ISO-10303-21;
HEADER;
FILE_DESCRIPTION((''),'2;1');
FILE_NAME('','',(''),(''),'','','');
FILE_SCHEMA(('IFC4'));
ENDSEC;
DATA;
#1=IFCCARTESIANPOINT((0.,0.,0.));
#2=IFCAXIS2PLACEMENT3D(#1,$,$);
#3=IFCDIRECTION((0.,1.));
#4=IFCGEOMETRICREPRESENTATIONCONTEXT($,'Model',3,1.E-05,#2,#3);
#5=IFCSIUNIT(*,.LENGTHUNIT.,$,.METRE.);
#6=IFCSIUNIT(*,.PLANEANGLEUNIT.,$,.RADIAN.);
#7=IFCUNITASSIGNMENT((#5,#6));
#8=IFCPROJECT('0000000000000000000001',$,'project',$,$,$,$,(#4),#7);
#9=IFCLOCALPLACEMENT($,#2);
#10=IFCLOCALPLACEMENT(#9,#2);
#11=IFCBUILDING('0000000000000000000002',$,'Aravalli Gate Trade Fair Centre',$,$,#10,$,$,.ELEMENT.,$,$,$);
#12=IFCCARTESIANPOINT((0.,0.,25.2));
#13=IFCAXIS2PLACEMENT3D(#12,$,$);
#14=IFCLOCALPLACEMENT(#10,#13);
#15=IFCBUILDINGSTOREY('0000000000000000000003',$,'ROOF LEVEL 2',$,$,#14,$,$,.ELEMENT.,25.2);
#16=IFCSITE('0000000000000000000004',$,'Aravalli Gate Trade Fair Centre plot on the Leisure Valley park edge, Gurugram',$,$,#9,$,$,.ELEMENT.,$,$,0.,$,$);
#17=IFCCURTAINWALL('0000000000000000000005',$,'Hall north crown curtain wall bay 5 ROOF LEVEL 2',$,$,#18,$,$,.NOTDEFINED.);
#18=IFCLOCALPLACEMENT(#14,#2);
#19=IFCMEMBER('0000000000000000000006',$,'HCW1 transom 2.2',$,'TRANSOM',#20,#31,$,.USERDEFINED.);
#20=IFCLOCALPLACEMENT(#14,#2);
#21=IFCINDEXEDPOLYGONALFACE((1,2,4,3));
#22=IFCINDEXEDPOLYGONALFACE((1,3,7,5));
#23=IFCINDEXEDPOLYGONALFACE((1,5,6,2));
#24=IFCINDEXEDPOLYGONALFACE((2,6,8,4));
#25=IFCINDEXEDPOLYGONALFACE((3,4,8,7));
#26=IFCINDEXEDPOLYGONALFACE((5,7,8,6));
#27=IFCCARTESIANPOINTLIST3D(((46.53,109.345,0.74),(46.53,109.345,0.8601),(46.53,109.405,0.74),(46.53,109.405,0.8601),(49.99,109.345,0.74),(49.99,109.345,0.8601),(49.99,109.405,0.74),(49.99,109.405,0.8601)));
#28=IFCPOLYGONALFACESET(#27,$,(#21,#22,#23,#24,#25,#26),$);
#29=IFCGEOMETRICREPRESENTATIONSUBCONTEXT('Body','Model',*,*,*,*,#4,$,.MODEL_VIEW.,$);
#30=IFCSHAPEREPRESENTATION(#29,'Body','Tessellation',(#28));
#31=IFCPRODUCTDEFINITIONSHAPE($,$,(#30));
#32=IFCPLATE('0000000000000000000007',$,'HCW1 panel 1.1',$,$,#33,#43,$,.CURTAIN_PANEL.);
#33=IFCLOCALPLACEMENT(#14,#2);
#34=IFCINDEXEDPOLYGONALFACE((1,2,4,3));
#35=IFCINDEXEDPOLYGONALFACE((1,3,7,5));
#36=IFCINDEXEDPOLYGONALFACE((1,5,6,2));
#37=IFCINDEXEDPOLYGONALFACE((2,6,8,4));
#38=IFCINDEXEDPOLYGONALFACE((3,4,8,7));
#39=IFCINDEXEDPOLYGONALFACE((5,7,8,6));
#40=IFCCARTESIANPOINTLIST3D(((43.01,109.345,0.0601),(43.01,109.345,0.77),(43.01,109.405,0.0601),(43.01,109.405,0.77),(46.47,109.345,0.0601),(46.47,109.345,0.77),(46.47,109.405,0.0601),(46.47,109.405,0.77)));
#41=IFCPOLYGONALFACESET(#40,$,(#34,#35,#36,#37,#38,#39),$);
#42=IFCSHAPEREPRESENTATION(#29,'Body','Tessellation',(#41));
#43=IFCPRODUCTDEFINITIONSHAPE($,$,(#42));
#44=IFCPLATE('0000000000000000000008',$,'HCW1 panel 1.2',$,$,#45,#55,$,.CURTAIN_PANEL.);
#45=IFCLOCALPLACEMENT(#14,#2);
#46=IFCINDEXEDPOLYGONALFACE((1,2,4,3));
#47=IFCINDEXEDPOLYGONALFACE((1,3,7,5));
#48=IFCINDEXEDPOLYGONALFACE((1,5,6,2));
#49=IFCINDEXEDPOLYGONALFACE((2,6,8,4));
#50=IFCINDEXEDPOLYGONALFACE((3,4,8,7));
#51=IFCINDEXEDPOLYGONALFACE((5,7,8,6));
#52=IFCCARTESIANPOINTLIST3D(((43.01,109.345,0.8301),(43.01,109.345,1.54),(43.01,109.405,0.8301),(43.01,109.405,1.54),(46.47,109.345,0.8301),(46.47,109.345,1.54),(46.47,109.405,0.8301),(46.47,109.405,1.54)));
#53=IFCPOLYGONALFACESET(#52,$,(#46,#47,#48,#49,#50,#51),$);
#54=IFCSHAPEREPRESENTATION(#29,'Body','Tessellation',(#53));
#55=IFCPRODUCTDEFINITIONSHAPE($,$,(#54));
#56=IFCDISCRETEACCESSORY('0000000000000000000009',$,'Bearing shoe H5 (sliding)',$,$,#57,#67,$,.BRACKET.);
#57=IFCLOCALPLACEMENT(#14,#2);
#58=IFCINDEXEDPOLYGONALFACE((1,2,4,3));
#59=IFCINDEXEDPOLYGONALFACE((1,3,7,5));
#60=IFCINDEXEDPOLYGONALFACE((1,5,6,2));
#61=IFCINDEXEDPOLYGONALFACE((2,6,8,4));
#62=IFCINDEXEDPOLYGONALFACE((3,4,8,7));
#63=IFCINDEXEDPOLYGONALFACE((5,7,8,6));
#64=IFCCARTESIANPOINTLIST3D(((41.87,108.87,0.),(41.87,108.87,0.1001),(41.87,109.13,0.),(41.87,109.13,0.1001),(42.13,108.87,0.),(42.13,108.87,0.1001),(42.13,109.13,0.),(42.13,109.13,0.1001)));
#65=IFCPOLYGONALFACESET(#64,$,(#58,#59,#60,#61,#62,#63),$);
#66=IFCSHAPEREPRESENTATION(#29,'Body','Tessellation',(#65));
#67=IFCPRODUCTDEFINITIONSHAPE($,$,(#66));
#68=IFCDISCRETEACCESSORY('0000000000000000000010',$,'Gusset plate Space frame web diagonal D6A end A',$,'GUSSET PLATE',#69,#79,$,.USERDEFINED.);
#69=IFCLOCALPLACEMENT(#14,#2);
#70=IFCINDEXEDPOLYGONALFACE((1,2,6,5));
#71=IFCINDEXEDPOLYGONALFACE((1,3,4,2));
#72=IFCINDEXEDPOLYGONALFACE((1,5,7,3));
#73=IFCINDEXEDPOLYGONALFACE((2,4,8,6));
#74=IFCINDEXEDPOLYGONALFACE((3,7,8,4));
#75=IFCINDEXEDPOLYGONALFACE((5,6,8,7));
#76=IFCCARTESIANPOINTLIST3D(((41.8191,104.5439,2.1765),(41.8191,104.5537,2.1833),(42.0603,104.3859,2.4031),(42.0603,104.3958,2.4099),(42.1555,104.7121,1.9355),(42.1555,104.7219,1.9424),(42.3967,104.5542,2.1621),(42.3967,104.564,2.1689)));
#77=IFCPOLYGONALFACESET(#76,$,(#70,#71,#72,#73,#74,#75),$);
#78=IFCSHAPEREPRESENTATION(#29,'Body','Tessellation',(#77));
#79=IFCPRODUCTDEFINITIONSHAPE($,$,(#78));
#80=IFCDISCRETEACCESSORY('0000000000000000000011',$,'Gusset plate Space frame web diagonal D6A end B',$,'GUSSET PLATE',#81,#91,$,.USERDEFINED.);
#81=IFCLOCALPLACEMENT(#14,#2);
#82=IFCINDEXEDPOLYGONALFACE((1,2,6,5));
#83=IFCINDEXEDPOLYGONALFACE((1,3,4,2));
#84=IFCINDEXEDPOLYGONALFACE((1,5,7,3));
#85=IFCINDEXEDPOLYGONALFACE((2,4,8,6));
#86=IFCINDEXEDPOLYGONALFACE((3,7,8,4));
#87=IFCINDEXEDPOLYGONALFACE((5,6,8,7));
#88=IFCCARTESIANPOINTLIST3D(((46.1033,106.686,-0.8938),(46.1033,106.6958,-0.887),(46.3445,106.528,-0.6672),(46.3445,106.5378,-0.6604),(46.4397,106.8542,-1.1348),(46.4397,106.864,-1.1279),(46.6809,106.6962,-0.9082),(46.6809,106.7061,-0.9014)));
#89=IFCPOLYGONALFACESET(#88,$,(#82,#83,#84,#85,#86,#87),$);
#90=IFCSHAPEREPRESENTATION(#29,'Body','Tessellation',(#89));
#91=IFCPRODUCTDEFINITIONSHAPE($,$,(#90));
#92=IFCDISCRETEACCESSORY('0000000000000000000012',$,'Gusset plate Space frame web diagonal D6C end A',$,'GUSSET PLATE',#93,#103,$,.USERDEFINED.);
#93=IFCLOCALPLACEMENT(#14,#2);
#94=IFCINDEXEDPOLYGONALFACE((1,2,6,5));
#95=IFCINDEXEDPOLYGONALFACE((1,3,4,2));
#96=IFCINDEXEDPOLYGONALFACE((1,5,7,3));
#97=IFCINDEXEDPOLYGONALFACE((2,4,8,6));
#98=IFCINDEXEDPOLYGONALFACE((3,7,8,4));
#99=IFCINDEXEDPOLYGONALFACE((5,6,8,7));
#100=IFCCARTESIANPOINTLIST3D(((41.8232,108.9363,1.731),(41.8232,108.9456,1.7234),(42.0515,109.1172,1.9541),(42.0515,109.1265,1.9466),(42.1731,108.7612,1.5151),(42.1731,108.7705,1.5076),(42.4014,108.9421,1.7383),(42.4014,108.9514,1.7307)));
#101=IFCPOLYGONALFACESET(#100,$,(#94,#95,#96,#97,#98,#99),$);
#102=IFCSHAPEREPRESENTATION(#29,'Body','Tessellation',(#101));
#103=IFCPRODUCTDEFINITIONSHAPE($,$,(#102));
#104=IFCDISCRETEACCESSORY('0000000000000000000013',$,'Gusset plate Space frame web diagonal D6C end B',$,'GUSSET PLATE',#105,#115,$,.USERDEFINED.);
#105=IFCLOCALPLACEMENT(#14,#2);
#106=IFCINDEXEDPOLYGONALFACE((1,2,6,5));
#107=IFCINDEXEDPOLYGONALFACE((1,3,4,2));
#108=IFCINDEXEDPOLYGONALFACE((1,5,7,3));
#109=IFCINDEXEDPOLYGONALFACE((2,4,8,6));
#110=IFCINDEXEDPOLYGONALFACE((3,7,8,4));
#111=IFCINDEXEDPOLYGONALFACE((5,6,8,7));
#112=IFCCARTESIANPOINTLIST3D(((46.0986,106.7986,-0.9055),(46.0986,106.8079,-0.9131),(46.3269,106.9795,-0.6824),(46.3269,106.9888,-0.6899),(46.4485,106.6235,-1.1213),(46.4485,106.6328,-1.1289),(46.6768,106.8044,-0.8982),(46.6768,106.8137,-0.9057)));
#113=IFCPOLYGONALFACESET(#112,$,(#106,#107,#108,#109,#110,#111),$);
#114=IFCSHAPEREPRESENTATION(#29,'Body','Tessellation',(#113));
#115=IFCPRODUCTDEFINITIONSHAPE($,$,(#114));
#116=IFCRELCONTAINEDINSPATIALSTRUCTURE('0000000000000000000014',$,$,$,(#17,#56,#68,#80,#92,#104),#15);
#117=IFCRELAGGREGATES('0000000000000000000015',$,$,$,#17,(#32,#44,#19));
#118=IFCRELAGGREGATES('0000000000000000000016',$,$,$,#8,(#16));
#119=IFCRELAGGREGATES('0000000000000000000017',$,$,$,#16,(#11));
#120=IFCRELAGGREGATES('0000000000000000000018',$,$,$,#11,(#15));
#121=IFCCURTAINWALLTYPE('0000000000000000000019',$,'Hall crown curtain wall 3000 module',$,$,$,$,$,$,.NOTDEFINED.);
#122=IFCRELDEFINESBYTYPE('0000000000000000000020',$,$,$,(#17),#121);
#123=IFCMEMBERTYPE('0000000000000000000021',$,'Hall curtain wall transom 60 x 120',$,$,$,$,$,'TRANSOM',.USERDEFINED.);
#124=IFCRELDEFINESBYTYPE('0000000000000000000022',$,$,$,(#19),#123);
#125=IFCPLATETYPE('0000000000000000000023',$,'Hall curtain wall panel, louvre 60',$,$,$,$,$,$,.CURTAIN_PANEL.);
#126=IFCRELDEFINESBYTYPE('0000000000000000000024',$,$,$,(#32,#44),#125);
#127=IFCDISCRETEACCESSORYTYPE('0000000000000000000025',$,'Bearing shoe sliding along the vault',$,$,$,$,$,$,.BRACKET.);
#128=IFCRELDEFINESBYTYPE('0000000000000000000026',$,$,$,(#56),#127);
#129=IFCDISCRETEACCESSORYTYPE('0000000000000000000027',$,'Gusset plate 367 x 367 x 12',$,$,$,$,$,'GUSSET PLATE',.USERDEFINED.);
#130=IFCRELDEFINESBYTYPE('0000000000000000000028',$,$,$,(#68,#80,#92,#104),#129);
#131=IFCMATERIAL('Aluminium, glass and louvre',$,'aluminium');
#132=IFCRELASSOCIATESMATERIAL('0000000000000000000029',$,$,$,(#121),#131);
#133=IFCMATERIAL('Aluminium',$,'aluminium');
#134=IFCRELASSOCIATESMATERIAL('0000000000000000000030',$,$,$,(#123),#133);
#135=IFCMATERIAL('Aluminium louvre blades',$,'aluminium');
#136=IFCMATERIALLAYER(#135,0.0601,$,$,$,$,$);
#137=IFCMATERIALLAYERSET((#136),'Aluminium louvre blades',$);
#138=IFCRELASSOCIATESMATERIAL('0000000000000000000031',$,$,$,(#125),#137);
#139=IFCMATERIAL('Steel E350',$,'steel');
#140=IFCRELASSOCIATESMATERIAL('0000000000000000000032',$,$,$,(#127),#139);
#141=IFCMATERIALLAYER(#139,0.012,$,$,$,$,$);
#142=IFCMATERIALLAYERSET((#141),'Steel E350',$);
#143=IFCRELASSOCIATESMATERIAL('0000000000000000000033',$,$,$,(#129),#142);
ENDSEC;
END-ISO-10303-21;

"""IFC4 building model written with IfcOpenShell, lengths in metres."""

from ifc_helpers import new_model, si_unit, direction, frame, origin, origin_2d, place, context, subcontext, project, spatial, polyline, rectangle, outline, extrude, material, layer, layer_set, material_profile, profile_set, type_object, element, aggregate, save


model = new_model("IFC4")

# Units and contexts
model_context = context("Model", 3, precision=1e-05, world=origin(), true_north=direction((0.0, 1.0)))
body_context = subcontext(model_context, "Body", "Model", "MODEL_VIEW")
ifc_project = project(units=[si_unit("LENGTHUNIT", "METRE"), si_unit("PLANEANGLEUNIT", "RADIAN")], contexts=[model_context])

# Site, building, storey
site_placement = place(None, origin())
site = spatial("IfcSite", under=ifc_project, at=site_placement, Name="Aravalli Gate Trade Fair Centre plot on the Leisure Valley park edge, Gurugram", CompositionType="ELEMENT", RefElevation=0.0)
building_placement = place(site_placement, origin())
building = spatial("IfcBuilding", under=site, at=building_placement, Name="Aravalli Gate Trade Fair Centre", CompositionType="ELEMENT")
storey_placement = place(building_placement, frame((0.0, 0.0, 25.2)))
storey = spatial("IfcBuildingStorey", under=building, at=storey_placement, Name="ROOF LEVEL 2", CompositionType="ELEMENT", Elevation=25.2)

# Shared definitions
ifc_material_1 = material(Name="Steel E350", Category="steel")

# Curtain wall, member, plates
ifc_material_2 = material(Name="Aluminium, glass and louvre", Category="aluminium")
curtain_wall_type = type_object("IfcCurtainWallType", Name="Hall crown curtain wall 3000 module", PredefinedType="NOTDEFINED", material=ifc_material_2)
curtain_wall_placement = place(storey_placement, origin())
curtain_wall = element("IfcCurtainWall", 1, at=curtain_wall_placement, inside=storey, type_object=curtain_wall_type, Name="Hall north crown curtain wall bay 5 ROOF LEVEL 2", PredefinedType="NOTDEFINED")
ifc_material_3 = material(Name="Aluminium", Category="aluminium")
ifc_material_profile_1 = material_profile(ifc_material_3, rectangle(XDim=0.0601, YDim=0.1201, at=origin_2d()), Name="Hall curtain wall transom 60 x 120")
ifc_profile_set_1 = profile_set([ifc_material_profile_1], Name="Aluminium")
member_type_1 = type_object("IfcMemberType", Name="Hall curtain wall transom 60 x 120", ElementType="TRANSOM", PredefinedType="USERDEFINED", material=ifc_profile_set_1)
member_1_placement = place(storey_placement, frame((46.53, 109.375, 0.8), z_axis=(1.0, 0.0, 0.0), x_axis=(0.0, 1.0, 0.0)))
member_1 = element("IfcMember", 2, at=member_1_placement, type_object=member_type_1, Name="HCW1 transom 2.2", ObjectType="TRANSOM", PredefinedType="USERDEFINED", context=body_context, shape_type="SweptSolid", body=[
    extrude(rectangle(XDim=0.0601, YDim=0.1201, at=origin_2d()), origin(), (0.0, 0.0, 1.0), 3.46),
])
ifc_material_4 = material(Name="Aluminium louvre blades", Category="aluminium")
ifc_layer_1 = layer(ifc_material_4, 0.0601)
ifc_layer_set_1 = layer_set([ifc_layer_1], Name="Aluminium louvre blades")
plate_type = type_object("IfcPlateType", Name="Hall curtain wall panel, louvre 60", PredefinedType="CURTAIN_PANEL", material=ifc_layer_set_1)
plate_1_placement = place(storey_placement, frame((44.74, 109.375, 0.0601), z_axis=(0.0, 0.0, 1.0), x_axis=(1.0, 0.0, 0.0)))
plate_1 = element("IfcPlate", 3, at=plate_1_placement, type_object=plate_type, Name="HCW1 panel 1.1", PredefinedType="CURTAIN_PANEL", context=body_context, shape_type="SweptSolid", body=[
    extrude(rectangle(XDim=3.46, YDim=0.0601, at=origin_2d()), origin(), (0.0, 0.0, 1.0), 0.71),
])
plate_2_placement = place(storey_placement, frame((44.74, 109.375, 0.8301), z_axis=(0.0, 0.0, 1.0), x_axis=(1.0, 0.0, 0.0)))
plate_2 = element("IfcPlate", 4, at=plate_2_placement, type_object=plate_type, Name="HCW1 panel 1.2", PredefinedType="CURTAIN_PANEL", context=body_context, shape_type="SweptSolid", body=[
    extrude(rectangle(XDim=3.46, YDim=0.0601, at=origin_2d()), origin(), (0.0, 0.0, 1.0), 0.71),
])
aggregate(curtain_wall, [plate_1, plate_2, member_1])

# Discrete accessories
discrete_accessory_type_1 = type_object("IfcDiscreteAccessoryType", Name="Bearing shoe sliding along the vault", PredefinedType="BRACKET", material=ifc_material_1)
discrete_accessory_1_placement = place(storey_placement, frame((42.0, 109.0, 0.0), z_axis=(0.0, 0.0, 1.0), x_axis=(1.0, 0.0, 0.0)))
element("IfcDiscreteAccessory", 5, at=discrete_accessory_1_placement, inside=storey, type_object=discrete_accessory_type_1, Name="Bearing shoe H5 (sliding)", PredefinedType="BRACKET", context=body_context, shape_type="SweptSolid", body=[
    extrude(rectangle(XDim=0.26, YDim=0.26, at=origin_2d()), origin(), (0.0, 0.0, 1.0), 0.1001),
])
ifc_layer_2 = layer(ifc_material_1, 0.012)
ifc_layer_set_2 = layer_set([ifc_layer_2], Name="Steel E350")
discrete_accessory_type_2 = type_object("IfcDiscreteAccessoryType", Name="Gusset plate 367 x 367 x 12", ElementType="GUSSET PLATE", PredefinedType="USERDEFINED", material=ifc_layer_set_2)
discrete_accessory_2_placement = place(storey_placement, frame((42.1555, 104.7219, 1.9424), z_axis=(-0.000292, 0.820164, 0.572128), x_axis=(-0.753132, -0.376566, 0.539435)))
element("IfcDiscreteAccessory", 6, at=discrete_accessory_2_placement, inside=storey, type_object=discrete_accessory_type_2, Name="Gusset plate Space frame web diagonal D6A end A", ObjectType="GUSSET PLATE", PredefinedType="USERDEFINED", context=body_context, shape_type="SweptSolid", body=[
    extrude(outline(polyline([(0.0, 0.0), (0.4467, 0.0), (0.4467, 0.3667), (0.0, 0.3667), (0.0, 0.0)])), origin(), (0.0, 0.0, -1.0), 0.012),
])
discrete_accessory_3_placement = place(storey_placement, frame((46.1033, 106.6958, -0.887), z_axis=(-0.000292, 0.820164, 0.572128), x_axis=(0.753132, 0.376566, -0.539435)))
element("IfcDiscreteAccessory", 7, at=discrete_accessory_3_placement, inside=storey, type_object=discrete_accessory_type_2, Name="Gusset plate Space frame web diagonal D6A end B", ObjectType="GUSSET PLATE", PredefinedType="USERDEFINED", context=body_context, shape_type="SweptSolid", body=[
    extrude(outline(polyline([(0.0, 0.0), (0.4467, 0.0), (0.4467, -0.3667), (0.0, -0.3667), (0.0, 0.0)])), origin(), (0.0, 0.0, -1.0), 0.012),
])
discrete_accessory_4_placement = place(storey_placement, frame((42.1731, 108.7612, 1.5151), z_axis=(-0.000107, -0.776736, 0.629826), x_axis=(-0.783044, 0.391795, 0.48305)))
element("IfcDiscreteAccessory", 8, at=discrete_accessory_4_placement, inside=storey, type_object=discrete_accessory_type_2, Name="Gusset plate Space frame web diagonal D6C end A", ObjectType="GUSSET PLATE", PredefinedType="USERDEFINED", context=body_context, shape_type="SweptSolid", body=[
    extrude(outline(polyline([(0.0, 0.0), (0.4468, 0.0), (0.4467, -0.3669), (-0.0001, -0.3669), (0.0, 0.0)])), origin(), (0.0, 0.0, -1.0), 0.012),
])
discrete_accessory_5_placement = place(storey_placement, frame((46.0986, 106.7986, -0.9055), z_axis=(-0.000107, -0.776736, 0.629826), x_axis=(0.783044, -0.391795, -0.48305)))
element("IfcDiscreteAccessory", 9, at=discrete_accessory_5_placement, inside=storey, type_object=discrete_accessory_type_2, Name="Gusset plate Space frame web diagonal D6C end B", ObjectType="GUSSET PLATE", PredefinedType="USERDEFINED", context=body_context, shape_type="SweptSolid", body=[
    extrude(outline(polyline([(0.0, 0.0), (0.4468, 0.0), (0.4469, 0.3669), (0.0001, 0.3669), (0.0, 0.0)])), origin(), (0.0, 0.0, -1.0), 0.012),
])

save(model, "model.ifc")
